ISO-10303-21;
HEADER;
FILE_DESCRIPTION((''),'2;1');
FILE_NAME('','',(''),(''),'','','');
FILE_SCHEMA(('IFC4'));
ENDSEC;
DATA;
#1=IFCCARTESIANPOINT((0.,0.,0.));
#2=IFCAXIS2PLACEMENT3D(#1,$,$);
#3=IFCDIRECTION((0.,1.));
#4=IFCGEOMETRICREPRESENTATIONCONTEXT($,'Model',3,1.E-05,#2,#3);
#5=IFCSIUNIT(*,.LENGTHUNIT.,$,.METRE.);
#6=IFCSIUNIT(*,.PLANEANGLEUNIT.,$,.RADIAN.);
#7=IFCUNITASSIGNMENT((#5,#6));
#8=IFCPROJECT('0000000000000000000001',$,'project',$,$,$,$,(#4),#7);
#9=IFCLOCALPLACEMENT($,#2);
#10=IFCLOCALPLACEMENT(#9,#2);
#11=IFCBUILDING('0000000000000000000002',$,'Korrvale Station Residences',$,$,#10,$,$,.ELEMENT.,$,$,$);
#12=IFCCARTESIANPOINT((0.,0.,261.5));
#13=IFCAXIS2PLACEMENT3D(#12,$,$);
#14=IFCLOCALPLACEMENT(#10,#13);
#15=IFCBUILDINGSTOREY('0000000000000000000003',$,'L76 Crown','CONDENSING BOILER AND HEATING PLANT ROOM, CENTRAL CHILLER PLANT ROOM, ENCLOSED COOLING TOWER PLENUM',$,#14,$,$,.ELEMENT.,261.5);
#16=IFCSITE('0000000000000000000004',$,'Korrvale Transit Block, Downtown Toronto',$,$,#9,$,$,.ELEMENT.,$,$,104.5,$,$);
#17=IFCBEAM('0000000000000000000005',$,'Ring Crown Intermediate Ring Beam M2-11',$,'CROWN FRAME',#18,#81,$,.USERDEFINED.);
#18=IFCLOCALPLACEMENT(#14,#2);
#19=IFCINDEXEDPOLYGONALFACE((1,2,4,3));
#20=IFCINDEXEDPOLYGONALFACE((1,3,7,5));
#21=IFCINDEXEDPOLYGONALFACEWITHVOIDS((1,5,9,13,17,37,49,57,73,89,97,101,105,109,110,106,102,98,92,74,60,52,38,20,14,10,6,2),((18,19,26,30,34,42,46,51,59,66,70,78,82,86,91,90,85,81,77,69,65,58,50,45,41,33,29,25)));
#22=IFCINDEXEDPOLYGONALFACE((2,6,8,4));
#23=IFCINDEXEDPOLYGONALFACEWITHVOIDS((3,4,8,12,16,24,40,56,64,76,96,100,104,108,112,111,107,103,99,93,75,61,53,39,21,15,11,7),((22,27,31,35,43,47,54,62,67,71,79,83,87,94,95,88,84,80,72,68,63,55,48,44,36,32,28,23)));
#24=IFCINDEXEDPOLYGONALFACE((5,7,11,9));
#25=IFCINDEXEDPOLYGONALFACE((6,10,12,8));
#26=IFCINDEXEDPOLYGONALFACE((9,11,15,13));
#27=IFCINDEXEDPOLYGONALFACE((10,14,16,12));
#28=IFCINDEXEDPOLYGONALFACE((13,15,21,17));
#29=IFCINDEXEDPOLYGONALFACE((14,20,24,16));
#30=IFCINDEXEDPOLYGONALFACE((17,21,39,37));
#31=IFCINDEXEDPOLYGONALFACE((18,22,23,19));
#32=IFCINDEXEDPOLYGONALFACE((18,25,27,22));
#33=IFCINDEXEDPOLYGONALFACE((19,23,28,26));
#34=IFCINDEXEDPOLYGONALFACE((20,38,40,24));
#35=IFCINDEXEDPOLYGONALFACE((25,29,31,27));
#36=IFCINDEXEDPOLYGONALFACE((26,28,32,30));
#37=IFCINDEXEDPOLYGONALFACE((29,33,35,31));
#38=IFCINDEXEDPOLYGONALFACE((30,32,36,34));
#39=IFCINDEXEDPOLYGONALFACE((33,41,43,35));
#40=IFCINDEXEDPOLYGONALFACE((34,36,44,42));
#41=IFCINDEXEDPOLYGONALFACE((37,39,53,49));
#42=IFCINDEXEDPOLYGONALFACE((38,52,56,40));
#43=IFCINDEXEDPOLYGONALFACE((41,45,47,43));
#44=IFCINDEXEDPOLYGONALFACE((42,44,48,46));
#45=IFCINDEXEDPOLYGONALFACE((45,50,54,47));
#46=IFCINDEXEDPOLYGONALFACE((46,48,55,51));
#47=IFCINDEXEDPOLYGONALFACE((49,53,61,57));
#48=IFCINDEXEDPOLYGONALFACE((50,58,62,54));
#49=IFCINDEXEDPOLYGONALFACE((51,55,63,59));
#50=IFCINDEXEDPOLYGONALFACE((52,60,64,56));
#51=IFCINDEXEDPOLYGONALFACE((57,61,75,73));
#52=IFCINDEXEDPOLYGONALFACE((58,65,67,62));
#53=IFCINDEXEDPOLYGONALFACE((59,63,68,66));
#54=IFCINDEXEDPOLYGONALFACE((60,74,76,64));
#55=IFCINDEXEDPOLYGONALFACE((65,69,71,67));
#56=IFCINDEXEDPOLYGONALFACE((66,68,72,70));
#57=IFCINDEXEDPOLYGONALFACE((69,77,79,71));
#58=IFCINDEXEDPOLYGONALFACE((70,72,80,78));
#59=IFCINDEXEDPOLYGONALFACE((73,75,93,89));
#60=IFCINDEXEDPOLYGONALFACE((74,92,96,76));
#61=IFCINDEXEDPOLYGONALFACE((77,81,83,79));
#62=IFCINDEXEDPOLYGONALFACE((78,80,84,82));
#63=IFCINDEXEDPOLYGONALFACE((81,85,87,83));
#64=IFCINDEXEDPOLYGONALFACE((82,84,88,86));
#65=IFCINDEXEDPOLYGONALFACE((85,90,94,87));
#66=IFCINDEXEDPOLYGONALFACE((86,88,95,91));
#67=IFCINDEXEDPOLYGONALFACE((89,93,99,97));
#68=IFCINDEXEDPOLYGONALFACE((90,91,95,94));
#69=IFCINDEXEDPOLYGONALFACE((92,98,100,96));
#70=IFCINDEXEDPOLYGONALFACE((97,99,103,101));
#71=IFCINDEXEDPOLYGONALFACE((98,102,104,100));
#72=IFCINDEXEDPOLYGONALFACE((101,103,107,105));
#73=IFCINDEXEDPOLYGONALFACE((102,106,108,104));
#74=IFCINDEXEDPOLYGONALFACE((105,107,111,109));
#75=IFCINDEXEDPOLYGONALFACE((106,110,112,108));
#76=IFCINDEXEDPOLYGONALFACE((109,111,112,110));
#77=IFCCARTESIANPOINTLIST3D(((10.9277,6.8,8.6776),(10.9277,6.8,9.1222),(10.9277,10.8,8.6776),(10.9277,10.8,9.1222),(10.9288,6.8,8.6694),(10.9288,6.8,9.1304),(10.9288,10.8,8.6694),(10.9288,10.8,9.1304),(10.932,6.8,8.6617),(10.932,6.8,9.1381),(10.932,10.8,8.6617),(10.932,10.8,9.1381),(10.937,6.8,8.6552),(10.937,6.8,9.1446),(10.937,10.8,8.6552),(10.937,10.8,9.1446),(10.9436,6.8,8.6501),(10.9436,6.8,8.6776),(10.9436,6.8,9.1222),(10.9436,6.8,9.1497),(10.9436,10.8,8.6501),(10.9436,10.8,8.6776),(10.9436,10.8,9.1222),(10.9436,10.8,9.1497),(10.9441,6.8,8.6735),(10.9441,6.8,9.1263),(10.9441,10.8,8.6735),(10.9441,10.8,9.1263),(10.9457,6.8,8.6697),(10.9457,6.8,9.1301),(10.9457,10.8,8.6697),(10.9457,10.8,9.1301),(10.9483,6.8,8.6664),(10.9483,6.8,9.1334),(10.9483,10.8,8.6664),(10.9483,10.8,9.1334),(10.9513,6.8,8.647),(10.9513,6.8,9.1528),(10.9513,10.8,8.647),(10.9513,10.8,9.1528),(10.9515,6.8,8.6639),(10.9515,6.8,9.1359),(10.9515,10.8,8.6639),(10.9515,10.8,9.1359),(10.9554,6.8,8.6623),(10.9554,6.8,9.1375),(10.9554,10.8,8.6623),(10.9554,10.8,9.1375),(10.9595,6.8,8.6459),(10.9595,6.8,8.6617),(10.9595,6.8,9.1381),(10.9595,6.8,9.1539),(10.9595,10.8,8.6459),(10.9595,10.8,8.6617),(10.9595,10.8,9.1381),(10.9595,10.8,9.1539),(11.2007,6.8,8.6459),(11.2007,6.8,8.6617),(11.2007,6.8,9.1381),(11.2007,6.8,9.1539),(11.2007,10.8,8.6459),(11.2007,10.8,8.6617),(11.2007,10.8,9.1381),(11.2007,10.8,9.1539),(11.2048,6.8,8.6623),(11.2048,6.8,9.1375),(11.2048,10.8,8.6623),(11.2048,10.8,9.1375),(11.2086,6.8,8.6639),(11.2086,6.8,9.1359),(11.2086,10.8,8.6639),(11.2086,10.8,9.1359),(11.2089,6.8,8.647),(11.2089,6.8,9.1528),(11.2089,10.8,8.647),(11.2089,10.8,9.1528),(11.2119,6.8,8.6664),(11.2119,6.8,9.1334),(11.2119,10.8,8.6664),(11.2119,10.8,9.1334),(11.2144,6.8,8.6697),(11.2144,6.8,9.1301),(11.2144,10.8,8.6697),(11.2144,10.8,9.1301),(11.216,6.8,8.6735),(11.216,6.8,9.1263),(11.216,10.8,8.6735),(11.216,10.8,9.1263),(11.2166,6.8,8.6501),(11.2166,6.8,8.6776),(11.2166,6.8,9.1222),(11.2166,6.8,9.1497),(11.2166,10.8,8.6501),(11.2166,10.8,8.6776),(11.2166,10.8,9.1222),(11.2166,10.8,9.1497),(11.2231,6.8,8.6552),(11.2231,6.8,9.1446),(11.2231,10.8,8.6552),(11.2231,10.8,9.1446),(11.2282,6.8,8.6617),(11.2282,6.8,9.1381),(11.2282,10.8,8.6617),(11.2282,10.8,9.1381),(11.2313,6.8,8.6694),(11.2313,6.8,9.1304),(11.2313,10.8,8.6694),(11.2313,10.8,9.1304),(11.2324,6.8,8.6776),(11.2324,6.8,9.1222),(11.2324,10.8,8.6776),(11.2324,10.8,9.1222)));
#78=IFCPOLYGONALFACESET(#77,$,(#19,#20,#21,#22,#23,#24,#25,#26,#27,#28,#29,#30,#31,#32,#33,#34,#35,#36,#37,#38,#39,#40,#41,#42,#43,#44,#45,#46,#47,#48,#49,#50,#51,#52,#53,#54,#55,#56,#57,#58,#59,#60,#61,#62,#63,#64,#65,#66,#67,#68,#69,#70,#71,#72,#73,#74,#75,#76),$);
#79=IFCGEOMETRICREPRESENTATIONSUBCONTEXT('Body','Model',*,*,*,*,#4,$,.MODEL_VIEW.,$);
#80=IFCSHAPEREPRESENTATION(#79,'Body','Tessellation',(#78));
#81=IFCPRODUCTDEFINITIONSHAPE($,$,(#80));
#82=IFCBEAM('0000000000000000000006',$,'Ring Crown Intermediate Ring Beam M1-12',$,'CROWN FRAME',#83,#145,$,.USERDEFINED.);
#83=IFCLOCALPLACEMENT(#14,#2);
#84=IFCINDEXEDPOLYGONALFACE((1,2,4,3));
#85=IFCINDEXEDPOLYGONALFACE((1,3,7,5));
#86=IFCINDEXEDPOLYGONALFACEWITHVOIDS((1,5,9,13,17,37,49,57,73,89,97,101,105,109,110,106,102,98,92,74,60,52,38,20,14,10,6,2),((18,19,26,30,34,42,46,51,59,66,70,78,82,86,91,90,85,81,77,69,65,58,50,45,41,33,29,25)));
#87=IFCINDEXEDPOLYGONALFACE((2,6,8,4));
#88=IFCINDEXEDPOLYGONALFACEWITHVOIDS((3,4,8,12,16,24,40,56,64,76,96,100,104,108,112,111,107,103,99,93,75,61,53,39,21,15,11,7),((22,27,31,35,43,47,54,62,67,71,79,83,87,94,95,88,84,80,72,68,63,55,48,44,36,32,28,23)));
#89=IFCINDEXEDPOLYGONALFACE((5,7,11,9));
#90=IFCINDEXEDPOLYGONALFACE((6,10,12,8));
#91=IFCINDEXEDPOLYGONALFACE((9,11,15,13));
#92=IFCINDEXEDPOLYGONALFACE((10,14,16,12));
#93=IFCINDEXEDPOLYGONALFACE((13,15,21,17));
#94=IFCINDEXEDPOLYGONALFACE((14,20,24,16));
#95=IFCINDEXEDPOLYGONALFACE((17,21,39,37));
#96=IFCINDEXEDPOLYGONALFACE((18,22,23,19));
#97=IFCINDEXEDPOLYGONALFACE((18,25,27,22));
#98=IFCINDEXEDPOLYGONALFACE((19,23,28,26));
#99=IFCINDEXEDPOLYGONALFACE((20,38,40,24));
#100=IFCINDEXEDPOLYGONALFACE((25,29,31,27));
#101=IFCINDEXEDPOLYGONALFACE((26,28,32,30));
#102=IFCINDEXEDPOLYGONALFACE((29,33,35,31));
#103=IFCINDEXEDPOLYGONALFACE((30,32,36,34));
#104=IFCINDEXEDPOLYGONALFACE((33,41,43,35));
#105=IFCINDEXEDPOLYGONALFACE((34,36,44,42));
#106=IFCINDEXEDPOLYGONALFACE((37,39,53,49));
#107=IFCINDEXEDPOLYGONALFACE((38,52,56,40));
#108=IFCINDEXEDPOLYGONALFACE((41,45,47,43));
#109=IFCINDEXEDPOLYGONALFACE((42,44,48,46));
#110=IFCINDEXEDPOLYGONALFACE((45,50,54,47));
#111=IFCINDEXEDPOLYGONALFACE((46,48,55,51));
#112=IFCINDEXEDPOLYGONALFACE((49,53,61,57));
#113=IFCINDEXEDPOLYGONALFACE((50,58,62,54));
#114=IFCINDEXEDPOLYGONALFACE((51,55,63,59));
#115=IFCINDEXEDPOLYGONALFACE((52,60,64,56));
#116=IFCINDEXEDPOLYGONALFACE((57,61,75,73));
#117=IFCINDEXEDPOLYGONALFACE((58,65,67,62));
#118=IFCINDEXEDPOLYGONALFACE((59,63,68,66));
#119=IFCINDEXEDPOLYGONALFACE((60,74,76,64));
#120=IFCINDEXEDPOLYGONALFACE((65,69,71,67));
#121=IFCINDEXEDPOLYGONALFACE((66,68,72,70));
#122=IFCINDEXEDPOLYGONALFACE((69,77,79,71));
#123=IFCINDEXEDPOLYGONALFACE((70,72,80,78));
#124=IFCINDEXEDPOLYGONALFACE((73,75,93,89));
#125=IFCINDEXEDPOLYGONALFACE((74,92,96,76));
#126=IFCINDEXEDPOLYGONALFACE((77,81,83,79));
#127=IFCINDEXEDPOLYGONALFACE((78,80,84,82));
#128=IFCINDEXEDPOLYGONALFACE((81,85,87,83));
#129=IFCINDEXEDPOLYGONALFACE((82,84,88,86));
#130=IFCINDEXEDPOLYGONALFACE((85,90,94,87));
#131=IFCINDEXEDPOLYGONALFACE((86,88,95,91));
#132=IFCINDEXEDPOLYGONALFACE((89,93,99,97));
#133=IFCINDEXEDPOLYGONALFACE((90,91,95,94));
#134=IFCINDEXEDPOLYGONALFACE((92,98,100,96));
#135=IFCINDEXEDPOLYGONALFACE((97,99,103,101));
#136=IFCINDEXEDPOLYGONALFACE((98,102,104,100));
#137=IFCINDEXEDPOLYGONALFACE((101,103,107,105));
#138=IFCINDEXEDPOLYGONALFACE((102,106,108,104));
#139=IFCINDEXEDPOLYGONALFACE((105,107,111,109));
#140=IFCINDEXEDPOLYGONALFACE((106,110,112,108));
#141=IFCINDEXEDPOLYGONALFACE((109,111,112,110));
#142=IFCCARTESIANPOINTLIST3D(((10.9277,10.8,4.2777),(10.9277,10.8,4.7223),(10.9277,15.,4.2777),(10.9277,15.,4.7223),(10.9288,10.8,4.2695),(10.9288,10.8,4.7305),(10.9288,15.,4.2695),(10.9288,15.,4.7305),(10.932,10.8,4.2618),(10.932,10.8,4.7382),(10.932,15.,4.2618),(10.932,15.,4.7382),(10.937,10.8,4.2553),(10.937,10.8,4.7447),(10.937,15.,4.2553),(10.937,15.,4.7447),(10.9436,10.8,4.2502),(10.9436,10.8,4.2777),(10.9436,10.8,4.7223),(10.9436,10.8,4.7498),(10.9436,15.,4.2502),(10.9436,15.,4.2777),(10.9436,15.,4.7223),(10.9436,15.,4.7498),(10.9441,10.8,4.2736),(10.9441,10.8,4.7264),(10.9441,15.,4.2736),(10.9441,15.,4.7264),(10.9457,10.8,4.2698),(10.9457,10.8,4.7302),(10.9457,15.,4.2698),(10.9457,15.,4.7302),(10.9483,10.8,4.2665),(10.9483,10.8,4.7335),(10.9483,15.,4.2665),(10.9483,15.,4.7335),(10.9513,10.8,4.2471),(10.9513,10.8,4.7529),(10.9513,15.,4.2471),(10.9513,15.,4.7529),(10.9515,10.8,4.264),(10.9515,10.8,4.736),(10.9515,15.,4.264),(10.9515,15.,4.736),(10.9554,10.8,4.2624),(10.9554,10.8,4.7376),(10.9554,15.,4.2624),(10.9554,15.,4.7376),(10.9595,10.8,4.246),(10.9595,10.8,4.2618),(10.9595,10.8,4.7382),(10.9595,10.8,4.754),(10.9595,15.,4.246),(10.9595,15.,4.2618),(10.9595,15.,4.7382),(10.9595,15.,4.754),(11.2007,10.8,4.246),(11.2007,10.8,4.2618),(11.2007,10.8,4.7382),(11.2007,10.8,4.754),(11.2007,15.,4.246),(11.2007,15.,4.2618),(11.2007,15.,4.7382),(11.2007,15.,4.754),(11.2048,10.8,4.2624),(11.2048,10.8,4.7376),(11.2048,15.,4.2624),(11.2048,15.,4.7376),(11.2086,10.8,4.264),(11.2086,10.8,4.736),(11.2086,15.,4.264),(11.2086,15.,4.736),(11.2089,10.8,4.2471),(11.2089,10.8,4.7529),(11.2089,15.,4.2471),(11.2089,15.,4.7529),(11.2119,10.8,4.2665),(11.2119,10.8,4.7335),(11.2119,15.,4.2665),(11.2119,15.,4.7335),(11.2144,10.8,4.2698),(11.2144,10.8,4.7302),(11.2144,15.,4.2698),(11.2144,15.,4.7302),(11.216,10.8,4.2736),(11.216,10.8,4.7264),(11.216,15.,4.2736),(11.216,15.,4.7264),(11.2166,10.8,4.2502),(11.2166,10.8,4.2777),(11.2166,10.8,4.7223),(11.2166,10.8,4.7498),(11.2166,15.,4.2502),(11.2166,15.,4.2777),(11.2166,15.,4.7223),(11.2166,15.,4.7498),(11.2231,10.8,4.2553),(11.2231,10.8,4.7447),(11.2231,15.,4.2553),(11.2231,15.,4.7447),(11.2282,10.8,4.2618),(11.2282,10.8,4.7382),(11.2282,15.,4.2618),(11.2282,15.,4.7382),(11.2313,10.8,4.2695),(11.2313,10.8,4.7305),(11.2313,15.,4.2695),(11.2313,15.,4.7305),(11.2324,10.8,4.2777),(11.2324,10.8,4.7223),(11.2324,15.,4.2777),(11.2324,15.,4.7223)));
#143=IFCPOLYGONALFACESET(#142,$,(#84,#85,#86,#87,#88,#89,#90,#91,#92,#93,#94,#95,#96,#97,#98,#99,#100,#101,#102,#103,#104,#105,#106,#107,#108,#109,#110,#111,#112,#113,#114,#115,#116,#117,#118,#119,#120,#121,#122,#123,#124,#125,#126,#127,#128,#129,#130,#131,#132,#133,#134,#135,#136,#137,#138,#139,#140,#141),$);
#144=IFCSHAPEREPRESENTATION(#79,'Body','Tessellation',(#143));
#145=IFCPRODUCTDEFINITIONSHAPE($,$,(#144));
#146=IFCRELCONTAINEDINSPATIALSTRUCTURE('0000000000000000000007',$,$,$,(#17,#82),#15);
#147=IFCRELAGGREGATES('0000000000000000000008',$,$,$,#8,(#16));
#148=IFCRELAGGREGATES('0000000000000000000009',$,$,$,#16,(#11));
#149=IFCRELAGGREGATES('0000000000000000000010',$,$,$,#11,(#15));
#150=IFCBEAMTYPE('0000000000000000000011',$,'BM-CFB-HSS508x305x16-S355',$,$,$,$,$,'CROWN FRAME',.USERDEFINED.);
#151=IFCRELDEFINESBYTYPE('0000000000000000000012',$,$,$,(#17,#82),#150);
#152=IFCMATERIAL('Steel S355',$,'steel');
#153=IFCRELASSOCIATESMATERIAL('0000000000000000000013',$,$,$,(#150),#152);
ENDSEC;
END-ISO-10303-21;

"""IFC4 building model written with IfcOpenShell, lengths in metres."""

from ifc_helpers import new_model, si_unit, direction, frame, origin, origin_2d, place, context, subcontext, project, spatial, hollow_rectangle, extrude, material, material_profile, profile_set, type_object, element, save


model = new_model("IFC4")

# Units and contexts
model_context = context("Model", 3, precision=1e-05, world=origin(), true_north=direction((0.0, 1.0)))
body_context = subcontext(model_context, "Body", "Model", "MODEL_VIEW")
ifc_project = project(units=[si_unit("LENGTHUNIT", "METRE"), si_unit("PLANEANGLEUNIT", "RADIAN")], contexts=[model_context])

# Site, building, storey
site_placement = place(None, origin())
site = spatial("IfcSite", under=ifc_project, at=site_placement, Name="Korrvale Transit Block, Downtown Toronto", CompositionType="ELEMENT", RefElevation=104.5)
building_placement = place(site_placement, origin())
building = spatial("IfcBuilding", under=site, at=building_placement, Name="Korrvale Station Residences", CompositionType="ELEMENT")
storey_placement = place(building_placement, frame((0.0, 0.0, 261.5)))
storey = spatial("IfcBuildingStorey", under=building, at=storey_placement, Name="L76 Crown", Description="CONDENSING BOILER AND HEATING PLANT ROOM, CENTRAL CHILLER PLANT ROOM, ENCLOSED COOLING TOWER PLENUM", CompositionType="ELEMENT", Elevation=261.5)

# Shared definitions
ifc_material_1 = material(Name="Steel S355", Category="steel")

# Beams
ifc_material_profile_1 = material_profile(ifc_material_1, hollow_rectangle(XDim=0.3047, YDim=0.5081, WallThickness=0.0159, InnerFilletRadius=0.0159, OuterFilletRadius=0.0317, at=origin_2d()), Name="HSS508x305x16")
ifc_profile_set_1 = profile_set([ifc_material_profile_1], Name="Steel S355")
beam_type = type_object("IfcBeamType", Name="BM-CFB-HSS508x305x16-S355", ElementType="CROWN FRAME", PredefinedType="USERDEFINED", material=ifc_profile_set_1)
for number, where, z_axis, x_axis, name in (
    (1, (11.0801, 6.8, 8.8999), (0.0, 1.0, 0.0), (-1.0, 0.0, 0.0), "Ring Crown Intermediate Ring Beam M2-11"),
):
    element("IfcBeam", number, at=place(storey_placement, frame(where, z_axis=z_axis, x_axis=x_axis)), inside=storey, type_object=beam_type, Name=name, ObjectType="CROWN FRAME", PredefinedType="USERDEFINED", context=body_context, shape_type="SweptSolid", body=[
        extrude(hollow_rectangle(XDim=0.3047, YDim=0.5081, WallThickness=0.0159, InnerFilletRadius=0.0159, OuterFilletRadius=0.0317, at=origin_2d()), origin(), (0.0, 0.0, 1.0), 4.0),
    ])
for number, where, z_axis, x_axis, name in (
    (2, (11.0801, 10.8, 4.5), (0.0, 1.0, 0.0), (-1.0, 0.0, 0.0), "Ring Crown Intermediate Ring Beam M1-12"),
):
    element("IfcBeam", number, at=place(storey_placement, frame(where, z_axis=z_axis, x_axis=x_axis)), inside=storey, type_object=beam_type, Name=name, ObjectType="CROWN FRAME", PredefinedType="USERDEFINED", context=body_context, shape_type="SweptSolid", body=[
        extrude(hollow_rectangle(XDim=0.3047, YDim=0.5081, WallThickness=0.0159, InnerFilletRadius=0.0159, OuterFilletRadius=0.0317, at=origin_2d()), origin(), (0.0, 0.0, 1.0), 4.2),
    ])

save(model, "model.ifc")
